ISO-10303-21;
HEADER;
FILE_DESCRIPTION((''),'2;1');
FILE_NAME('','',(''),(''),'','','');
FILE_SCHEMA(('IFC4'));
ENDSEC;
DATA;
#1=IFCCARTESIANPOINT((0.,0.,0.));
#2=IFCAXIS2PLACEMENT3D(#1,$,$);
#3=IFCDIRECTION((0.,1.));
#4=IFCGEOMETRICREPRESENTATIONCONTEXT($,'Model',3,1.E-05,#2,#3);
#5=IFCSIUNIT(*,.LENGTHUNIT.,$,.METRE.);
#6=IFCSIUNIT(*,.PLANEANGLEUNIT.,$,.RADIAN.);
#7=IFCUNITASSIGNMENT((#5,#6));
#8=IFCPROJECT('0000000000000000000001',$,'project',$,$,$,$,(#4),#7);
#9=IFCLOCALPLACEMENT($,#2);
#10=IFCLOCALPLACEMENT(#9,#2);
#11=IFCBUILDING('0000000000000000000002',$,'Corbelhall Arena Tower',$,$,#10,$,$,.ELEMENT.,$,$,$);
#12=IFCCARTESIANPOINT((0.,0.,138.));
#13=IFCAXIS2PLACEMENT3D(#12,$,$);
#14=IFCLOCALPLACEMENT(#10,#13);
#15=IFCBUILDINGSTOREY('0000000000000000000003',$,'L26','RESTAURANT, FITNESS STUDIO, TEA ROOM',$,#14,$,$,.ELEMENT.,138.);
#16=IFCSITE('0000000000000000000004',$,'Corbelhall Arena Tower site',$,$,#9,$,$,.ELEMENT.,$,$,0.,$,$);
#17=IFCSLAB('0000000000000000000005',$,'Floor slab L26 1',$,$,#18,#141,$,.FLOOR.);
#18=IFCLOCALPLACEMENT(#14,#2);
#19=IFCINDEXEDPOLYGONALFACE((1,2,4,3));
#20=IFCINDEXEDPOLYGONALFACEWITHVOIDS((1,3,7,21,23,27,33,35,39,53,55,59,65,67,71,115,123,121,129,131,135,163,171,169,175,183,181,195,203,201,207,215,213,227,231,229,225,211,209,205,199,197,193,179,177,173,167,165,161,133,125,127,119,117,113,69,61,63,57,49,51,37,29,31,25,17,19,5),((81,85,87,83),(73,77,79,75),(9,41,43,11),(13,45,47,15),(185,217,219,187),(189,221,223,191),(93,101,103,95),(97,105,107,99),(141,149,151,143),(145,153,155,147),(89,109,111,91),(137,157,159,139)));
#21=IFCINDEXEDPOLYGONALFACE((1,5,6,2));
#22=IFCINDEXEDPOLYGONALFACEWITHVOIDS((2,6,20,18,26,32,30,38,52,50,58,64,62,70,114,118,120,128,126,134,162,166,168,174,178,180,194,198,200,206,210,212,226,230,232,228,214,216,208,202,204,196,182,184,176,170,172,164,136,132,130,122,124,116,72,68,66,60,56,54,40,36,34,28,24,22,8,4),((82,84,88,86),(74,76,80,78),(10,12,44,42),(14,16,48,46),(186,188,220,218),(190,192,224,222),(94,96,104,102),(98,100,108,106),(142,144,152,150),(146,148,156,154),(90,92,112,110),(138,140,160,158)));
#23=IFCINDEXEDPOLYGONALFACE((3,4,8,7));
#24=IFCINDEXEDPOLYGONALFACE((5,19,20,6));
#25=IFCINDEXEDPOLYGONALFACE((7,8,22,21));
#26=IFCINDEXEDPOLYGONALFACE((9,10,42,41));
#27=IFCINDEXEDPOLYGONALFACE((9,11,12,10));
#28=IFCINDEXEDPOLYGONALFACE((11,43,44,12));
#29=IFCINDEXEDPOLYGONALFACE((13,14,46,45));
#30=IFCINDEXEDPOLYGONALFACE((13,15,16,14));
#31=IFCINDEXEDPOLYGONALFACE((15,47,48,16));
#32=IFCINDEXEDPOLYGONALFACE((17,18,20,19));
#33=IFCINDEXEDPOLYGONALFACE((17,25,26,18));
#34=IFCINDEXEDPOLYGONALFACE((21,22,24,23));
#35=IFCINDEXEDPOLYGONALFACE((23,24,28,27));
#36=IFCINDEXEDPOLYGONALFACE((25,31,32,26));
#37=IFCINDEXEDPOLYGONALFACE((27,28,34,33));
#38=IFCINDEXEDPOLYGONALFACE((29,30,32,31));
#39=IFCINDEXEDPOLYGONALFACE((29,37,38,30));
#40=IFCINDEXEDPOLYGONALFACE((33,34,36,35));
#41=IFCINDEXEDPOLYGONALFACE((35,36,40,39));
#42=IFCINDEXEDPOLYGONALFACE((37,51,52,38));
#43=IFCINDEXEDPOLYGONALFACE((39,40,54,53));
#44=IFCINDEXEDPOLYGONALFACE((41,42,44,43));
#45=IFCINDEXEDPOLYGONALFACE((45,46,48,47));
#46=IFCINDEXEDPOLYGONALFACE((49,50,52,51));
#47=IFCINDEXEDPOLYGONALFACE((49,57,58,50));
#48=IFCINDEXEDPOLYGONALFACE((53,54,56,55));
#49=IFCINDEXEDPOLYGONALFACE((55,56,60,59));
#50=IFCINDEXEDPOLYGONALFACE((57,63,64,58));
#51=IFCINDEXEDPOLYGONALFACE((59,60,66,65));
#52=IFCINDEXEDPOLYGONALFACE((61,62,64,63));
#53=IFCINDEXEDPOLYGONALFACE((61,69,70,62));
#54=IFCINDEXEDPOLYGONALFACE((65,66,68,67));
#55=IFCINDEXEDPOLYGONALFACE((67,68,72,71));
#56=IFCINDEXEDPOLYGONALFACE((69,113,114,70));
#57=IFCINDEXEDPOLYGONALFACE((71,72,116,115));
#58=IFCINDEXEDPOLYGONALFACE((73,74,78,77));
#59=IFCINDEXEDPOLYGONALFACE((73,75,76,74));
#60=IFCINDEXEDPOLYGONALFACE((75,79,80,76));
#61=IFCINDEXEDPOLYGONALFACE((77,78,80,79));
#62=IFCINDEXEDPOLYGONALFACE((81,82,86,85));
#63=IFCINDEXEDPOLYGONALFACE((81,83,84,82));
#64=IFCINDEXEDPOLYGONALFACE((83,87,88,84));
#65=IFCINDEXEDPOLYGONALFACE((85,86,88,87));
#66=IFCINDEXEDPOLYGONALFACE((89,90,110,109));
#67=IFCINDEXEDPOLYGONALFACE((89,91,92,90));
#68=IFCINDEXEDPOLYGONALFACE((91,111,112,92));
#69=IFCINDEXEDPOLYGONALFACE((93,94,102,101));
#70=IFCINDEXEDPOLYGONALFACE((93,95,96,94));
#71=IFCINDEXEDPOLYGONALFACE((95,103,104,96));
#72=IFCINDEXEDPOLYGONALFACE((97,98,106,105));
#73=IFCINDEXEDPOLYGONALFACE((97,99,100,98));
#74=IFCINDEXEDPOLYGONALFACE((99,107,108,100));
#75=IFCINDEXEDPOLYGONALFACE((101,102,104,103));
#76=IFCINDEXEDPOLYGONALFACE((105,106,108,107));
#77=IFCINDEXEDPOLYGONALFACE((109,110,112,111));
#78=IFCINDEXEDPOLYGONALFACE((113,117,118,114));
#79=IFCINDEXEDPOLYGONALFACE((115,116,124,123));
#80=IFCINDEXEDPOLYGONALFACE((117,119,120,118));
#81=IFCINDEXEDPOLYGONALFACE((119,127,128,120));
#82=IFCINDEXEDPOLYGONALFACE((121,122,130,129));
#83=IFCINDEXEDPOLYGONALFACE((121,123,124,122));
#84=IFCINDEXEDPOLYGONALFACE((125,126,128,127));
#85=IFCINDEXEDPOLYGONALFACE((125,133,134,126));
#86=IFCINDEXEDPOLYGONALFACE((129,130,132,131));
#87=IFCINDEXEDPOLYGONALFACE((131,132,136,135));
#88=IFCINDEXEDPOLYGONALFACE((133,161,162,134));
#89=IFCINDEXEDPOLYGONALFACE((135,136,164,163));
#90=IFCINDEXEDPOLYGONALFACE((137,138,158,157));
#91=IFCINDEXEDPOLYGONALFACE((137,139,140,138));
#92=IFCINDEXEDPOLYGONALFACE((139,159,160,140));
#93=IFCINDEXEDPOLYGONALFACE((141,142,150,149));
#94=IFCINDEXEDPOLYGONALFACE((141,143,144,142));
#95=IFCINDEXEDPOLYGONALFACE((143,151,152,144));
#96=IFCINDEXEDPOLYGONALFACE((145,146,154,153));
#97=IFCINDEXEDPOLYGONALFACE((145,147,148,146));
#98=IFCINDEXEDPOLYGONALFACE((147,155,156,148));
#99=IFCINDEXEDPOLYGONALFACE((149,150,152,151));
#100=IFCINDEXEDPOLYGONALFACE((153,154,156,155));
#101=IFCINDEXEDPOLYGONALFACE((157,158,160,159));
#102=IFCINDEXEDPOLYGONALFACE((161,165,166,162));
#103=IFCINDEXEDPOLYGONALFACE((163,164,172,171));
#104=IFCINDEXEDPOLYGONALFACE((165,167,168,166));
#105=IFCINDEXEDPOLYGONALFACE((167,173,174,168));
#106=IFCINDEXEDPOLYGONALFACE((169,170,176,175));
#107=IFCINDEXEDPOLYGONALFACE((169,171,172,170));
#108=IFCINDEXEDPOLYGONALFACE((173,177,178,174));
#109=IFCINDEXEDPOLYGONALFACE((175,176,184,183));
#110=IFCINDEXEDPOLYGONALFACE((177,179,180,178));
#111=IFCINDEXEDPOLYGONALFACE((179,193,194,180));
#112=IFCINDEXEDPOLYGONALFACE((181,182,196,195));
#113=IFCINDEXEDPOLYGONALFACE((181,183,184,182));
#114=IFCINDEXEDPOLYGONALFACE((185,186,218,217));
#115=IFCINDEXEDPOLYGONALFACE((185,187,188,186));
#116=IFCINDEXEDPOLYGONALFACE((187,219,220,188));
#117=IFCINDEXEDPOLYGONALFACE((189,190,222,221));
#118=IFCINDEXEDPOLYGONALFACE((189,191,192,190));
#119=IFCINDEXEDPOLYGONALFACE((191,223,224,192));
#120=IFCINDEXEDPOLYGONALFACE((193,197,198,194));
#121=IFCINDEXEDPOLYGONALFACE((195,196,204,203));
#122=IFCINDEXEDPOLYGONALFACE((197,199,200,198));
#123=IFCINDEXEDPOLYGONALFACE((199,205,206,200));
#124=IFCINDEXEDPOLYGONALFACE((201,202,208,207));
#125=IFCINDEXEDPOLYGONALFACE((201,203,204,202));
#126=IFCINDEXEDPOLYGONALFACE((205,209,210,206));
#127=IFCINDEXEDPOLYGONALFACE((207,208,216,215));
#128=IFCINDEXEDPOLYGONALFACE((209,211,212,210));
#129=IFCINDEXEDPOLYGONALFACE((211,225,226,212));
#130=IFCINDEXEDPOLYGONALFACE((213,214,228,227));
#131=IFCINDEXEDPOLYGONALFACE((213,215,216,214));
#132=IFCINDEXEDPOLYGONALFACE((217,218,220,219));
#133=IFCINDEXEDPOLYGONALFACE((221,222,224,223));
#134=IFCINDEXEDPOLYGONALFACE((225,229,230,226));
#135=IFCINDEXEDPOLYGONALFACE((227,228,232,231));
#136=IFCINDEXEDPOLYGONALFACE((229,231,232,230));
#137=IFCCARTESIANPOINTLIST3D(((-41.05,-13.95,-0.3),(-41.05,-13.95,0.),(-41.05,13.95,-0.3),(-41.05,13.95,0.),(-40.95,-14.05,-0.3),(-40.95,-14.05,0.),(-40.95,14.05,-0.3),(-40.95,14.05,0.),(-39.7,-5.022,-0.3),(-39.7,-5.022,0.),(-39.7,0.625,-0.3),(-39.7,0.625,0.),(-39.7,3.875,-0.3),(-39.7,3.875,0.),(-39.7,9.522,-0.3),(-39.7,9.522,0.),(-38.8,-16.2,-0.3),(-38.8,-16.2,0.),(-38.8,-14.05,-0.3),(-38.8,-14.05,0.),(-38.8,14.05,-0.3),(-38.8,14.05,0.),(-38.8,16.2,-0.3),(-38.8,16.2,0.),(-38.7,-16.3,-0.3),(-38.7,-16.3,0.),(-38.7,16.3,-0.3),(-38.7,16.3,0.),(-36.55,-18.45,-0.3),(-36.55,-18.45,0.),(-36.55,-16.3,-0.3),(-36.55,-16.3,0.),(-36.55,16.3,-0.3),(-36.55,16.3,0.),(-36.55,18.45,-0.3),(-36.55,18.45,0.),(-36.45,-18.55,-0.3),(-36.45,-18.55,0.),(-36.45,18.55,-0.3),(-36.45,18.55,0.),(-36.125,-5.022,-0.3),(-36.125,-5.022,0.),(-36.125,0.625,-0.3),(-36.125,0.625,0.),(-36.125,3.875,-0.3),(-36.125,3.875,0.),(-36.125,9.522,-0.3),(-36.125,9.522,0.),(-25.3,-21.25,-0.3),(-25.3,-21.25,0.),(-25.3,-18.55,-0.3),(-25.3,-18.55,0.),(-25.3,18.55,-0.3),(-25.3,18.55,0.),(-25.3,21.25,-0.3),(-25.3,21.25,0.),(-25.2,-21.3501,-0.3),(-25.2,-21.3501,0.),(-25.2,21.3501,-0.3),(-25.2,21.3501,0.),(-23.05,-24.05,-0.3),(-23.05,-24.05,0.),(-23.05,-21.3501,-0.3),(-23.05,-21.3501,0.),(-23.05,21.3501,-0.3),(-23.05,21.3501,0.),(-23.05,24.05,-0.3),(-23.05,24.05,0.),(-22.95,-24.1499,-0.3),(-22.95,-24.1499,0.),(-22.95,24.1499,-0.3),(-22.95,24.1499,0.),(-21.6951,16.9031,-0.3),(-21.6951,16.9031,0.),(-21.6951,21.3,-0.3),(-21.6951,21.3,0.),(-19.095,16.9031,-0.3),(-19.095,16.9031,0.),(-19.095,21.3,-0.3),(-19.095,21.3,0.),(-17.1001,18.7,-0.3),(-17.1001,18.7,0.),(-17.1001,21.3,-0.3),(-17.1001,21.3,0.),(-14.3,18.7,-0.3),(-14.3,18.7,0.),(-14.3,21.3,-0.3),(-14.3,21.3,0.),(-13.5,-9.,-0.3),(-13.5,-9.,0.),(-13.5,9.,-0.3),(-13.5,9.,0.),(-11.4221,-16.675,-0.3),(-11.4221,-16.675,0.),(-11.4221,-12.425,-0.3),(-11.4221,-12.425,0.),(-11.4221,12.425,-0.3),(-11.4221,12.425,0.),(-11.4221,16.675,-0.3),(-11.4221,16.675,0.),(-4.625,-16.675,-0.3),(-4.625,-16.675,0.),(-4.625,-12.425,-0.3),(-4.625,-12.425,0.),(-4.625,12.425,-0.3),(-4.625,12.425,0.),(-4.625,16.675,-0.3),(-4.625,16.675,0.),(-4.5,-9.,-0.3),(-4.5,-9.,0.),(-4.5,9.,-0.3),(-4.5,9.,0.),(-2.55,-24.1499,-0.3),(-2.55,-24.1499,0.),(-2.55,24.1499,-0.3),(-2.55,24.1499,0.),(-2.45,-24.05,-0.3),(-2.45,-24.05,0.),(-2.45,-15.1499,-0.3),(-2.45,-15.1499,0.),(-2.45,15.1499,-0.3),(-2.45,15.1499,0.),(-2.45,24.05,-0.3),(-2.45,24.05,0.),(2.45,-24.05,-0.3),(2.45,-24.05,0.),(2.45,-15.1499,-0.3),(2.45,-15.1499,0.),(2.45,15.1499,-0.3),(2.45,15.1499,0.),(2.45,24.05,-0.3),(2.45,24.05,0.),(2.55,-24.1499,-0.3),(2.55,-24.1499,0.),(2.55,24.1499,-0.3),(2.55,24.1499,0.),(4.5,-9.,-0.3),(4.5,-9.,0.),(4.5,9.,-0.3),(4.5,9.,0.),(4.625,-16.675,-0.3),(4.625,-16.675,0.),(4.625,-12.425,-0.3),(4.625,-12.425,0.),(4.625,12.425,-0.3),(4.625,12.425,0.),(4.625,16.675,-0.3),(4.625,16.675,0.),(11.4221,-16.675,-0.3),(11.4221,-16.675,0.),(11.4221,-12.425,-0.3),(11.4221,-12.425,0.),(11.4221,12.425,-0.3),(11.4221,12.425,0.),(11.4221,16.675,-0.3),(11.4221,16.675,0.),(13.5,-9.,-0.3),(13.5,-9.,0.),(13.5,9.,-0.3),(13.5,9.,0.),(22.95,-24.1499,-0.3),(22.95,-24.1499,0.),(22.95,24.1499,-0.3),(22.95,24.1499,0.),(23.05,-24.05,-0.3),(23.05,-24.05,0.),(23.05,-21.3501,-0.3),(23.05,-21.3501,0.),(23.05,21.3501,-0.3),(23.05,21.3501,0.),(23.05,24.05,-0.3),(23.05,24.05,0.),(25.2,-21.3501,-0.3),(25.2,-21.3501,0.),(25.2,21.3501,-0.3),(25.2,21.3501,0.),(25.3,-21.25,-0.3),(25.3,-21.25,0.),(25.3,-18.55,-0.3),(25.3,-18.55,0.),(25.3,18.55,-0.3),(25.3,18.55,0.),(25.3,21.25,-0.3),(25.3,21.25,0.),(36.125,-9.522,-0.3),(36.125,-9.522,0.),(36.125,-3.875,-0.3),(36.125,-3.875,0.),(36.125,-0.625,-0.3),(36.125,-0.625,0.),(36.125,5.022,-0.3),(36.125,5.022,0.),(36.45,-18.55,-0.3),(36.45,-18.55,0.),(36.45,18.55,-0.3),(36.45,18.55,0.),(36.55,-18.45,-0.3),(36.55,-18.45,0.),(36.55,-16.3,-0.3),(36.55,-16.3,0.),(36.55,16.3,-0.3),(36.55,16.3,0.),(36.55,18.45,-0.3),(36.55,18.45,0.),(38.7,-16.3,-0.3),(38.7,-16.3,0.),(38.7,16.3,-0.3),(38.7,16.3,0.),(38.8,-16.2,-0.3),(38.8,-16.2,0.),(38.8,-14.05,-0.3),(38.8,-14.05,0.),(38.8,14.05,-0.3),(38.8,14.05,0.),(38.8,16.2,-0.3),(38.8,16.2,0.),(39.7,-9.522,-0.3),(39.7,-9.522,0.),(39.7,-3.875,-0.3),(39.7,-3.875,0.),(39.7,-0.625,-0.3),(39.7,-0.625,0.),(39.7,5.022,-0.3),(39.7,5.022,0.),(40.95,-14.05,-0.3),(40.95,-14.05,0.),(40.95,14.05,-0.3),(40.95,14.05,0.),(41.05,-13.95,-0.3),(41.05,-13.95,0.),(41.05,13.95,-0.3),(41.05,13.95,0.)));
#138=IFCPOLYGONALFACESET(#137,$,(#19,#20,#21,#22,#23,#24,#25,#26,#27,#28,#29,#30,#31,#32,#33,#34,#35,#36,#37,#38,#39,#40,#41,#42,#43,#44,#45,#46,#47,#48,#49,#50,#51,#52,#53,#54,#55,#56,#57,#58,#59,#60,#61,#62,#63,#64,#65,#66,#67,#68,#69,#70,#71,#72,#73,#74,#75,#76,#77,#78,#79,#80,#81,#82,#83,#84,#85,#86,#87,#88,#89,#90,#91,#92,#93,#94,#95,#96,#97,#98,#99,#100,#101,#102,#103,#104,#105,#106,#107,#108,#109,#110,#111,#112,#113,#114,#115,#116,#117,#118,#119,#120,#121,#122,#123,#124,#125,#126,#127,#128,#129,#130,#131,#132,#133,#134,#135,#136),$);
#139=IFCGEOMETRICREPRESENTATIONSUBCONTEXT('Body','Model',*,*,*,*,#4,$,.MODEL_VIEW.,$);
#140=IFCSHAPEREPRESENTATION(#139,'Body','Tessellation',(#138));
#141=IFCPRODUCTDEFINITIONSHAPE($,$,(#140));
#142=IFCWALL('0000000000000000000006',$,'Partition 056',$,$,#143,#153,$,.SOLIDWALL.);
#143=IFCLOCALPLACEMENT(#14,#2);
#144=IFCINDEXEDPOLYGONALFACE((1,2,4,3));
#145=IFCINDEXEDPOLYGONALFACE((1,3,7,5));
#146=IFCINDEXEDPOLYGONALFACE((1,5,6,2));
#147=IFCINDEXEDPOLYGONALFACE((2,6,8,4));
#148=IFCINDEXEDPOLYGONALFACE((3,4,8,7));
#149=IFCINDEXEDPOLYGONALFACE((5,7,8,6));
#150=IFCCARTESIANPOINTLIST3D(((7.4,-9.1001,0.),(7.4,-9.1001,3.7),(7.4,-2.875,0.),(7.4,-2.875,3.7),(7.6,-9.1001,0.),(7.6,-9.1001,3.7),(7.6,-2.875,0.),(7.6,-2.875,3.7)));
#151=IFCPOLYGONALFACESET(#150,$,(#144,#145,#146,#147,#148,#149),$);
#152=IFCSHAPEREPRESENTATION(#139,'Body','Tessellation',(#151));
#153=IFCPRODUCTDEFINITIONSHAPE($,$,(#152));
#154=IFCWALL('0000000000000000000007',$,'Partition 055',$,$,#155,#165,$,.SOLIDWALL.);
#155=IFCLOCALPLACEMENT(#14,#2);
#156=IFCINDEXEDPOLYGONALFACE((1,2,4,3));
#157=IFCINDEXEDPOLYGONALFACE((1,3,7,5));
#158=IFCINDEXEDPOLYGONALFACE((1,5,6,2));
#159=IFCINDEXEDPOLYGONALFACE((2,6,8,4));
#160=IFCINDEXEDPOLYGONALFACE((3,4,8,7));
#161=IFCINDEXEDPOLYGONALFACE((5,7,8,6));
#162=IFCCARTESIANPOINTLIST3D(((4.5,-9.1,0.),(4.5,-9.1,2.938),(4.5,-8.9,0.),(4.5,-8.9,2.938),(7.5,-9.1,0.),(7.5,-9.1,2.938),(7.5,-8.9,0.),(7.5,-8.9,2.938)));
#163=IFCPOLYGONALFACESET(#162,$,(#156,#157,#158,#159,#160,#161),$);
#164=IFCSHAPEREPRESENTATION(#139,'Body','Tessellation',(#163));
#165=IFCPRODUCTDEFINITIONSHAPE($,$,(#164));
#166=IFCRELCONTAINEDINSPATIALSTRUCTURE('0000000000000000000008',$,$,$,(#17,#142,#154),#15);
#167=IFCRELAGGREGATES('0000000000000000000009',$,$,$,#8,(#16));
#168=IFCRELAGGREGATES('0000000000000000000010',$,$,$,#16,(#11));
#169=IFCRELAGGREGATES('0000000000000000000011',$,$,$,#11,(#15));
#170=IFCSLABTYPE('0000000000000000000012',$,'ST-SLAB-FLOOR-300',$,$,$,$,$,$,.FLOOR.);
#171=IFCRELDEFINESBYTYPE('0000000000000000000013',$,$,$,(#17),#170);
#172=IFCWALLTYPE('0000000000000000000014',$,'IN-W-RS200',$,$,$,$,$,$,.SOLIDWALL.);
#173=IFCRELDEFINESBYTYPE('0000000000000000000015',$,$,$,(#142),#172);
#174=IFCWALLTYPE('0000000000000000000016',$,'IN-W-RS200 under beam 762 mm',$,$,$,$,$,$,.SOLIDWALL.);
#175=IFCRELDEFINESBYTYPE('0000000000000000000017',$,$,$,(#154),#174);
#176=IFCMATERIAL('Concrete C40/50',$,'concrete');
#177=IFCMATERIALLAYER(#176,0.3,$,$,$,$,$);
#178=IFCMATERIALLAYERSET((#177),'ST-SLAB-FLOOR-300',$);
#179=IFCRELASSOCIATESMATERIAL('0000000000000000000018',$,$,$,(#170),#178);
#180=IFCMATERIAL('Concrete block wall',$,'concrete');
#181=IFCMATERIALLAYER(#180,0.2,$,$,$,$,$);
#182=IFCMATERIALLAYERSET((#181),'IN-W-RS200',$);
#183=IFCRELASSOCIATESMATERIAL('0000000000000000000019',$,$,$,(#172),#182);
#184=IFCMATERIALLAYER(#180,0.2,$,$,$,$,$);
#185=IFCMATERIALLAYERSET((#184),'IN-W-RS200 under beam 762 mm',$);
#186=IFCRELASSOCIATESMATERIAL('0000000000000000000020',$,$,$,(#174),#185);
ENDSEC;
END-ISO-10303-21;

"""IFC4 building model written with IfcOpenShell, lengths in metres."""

from ifc_helpers import new_model, si_unit, direction, frame, frame_2d, origin, place, context, subcontext, project, spatial, polyline, rectangle, outline, extrude, material, layer, layer_set, type_object, element, save


model = new_model("IFC4")

# Units and contexts
model_context = context("Model", 3, precision=1e-05, world=origin(), true_north=direction((0.0, 1.0)))
body_context = subcontext(model_context, "Body", "Model", "MODEL_VIEW")
ifc_project = project(units=[si_unit("LENGTHUNIT", "METRE"), si_unit("PLANEANGLEUNIT", "RADIAN")], contexts=[model_context])

# Site, building, storey
site_placement = place(None, origin())
site = spatial("IfcSite", under=ifc_project, at=site_placement, Name="Corbelhall Arena Tower site", CompositionType="ELEMENT", RefElevation=0.0)
building_placement = place(site_placement, origin())
building = spatial("IfcBuilding", under=site, at=building_placement, Name="Corbelhall Arena Tower", CompositionType="ELEMENT")
storey_placement = place(building_placement, frame((0.0, 0.0, 138.0)))
storey = spatial("IfcBuildingStorey", under=building, at=storey_placement, Name="L26", Description="RESTAURANT, FITNESS STUDIO, TEA ROOM", CompositionType="ELEMENT", Elevation=138.0)

# Shared definitions
ifc_material_1 = material(Name="Concrete C40/50", Category="concrete")

# Slab
ifc_layer_1 = layer(ifc_material_1, 0.3)
ifc_layer_set_1 = layer_set([ifc_layer_1], Name="ST-SLAB-FLOOR-300")
slab_type_1 = type_object("IfcSlabType", Name="ST-SLAB-FLOOR-300", PredefinedType="FLOOR", material=ifc_layer_set_1)
slab_1_placement = place(storey_placement, frame((0.0, 0.0, -0.3)))
element("IfcSlab", 1, at=slab_1_placement, inside=storey, type_object=slab_type_1, Name="Floor slab L26 1", PredefinedType="FLOOR", context=body_context, shape_type="SweptSolid", body=[
    extrude(outline(polyline([(25.3, 18.55), (25.3, 21.25), (25.2, 21.3501), (23.05, 21.3501), (23.05, 24.05), (22.95, 24.1499), (2.55, 24.1499), (2.45, 24.05), (2.45, 15.1499), (-2.45, 15.1499), (-2.45, 24.05), (-2.55, 24.1499), (-22.95, 24.1499), (-23.05, 24.05), (-23.05, 21.3501), (-25.2, 21.3501), (-25.3, 21.25), (-25.3, 18.55), (-36.45, 18.55), (-36.55, 18.45), (-36.55, 16.3), (-38.7, 16.3), (-38.8, 16.2), (-38.8, 14.05), (-40.95, 14.05), (-41.05, 13.95), (-41.05, -13.95), (-40.95, -14.05), (-38.8, -14.05), (-38.8, -16.2), (-38.7, -16.3), (-36.55, -16.3), (-36.55, -18.45), (-36.45, -18.55), (-25.3, -18.55), (-25.3, -21.25), (-25.2, -21.3501), (-23.05, -21.3501), (-23.05, -24.05), (-22.95, -24.1499), (-2.55, -24.1499), (-2.45, -24.05), (-2.45, -15.1499), (2.45, -15.1499), (2.45, -24.05), (2.55, -24.1499), (22.95, -24.1499), (23.05, -24.05), (23.05, -21.3501), (25.2, -21.3501), (25.3, -21.25), (25.3, -18.55), (36.45, -18.55), (36.55, -18.45), (36.55, -16.3), (38.7, -16.3), (38.8, -16.2), (38.8, -14.05), (40.95, -14.05), (41.05, -13.95), (41.05, 13.95), (40.95, 14.05), (38.8, 14.05), (38.8, 16.2), (38.7, 16.3), (36.55, 16.3), (36.55, 18.45), (36.45, 18.55), (25.3, 18.55)]), holes=[polyline([(-13.5, 9.0), (-13.5, -9.0), (-4.5, -9.0), (-4.5, 9.0), (-13.5, 9.0)]), polyline([(4.5, 9.0), (4.5, -9.0), (13.5, -9.0), (13.5, 9.0), (4.5, 9.0)]), polyline([(-4.625, 16.675), (-11.4221, 16.675), (-11.4221, 12.425), (-4.625, 12.425), (-4.625, 16.675)]), polyline([(-4.625, -16.675), (-4.625, -12.425), (-11.4221, -12.425), (-11.4221, -16.675), (-4.625, -16.675)]), polyline([(11.4221, 16.675), (4.625, 16.675), (4.625, 12.425), (11.4221, 12.425), (11.4221, 16.675)]), polyline([(11.4221, -16.675), (11.4221, -12.425), (4.625, -12.425), (4.625, -16.675), (11.4221, -16.675)]), polyline([(-36.125, 3.875), (-36.125, 9.522), (-39.7, 9.522), (-39.7, 3.875), (-36.125, 3.875)]), polyline([(-36.125, 0.625), (-39.7, 0.625), (-39.7, -5.022), (-36.125, -5.022), (-36.125, 0.625)]), polyline([(39.7, -9.522), (39.7, -3.875), (36.125, -3.875), (36.125, -9.522), (39.7, -9.522)]), polyline([(39.7, 5.022), (36.125, 5.022), (36.125, -0.625), (39.7, -0.625), (39.7, 5.022)]), polyline([(-21.6951, 21.3), (-21.6951, 16.9031), (-19.095, 16.9031), (-19.095, 21.3), (-21.6951, 21.3)]), polyline([(-14.3, 21.3), (-17.1001, 21.3), (-17.1001, 18.7), (-14.3, 18.7), (-14.3, 21.3)])]), origin(), (0.0, 0.0, 1.0), 0.3),
])

# Wall
ifc_material_2 = material(Name="Concrete block wall", Category="concrete")
ifc_layer_2 = layer(ifc_material_2, 0.2)
ifc_layer_set_2 = layer_set([ifc_layer_2], Name="IN-W-RS200")
wall_type_1 = type_object("IfcWallType", Name="IN-W-RS200", PredefinedType="SOLIDWALL", material=ifc_layer_set_2)
wall_1_placement = place(storey_placement, frame((7.5, -2.875, 0.0), z_axis=(0.0, 0.0, 1.0), x_axis=(0.0, -1.0, 0.0)))
element("IfcWall", 2, at=wall_1_placement, inside=storey, type_object=wall_type_1, Name="Partition 056", PredefinedType="SOLIDWALL", context=body_context, shape_type="SweptSolid", body=[
    extrude(rectangle(XDim=6.2251, YDim=0.2, at=frame_2d((3.1125, 0.0))), origin(), (0.0, 0.0, 1.0), 3.7),
])

# Shared definitions
ifc_layer_3 = layer(ifc_material_2, 0.2)
ifc_layer_set_3 = layer_set([ifc_layer_3], Name="IN-W-RS200 under beam 762 mm")
wall_type_2 = type_object("IfcWallType", Name="IN-W-RS200 under beam 762 mm", PredefinedType="SOLIDWALL", material=ifc_layer_set_3)

# Wall
wall_2_placement = place(storey_placement, frame((7.5, -9.0, 0.0), z_axis=(0.0, 0.0, 1.0), x_axis=(-1.0, 0.0, 0.0)))
element("IfcWall", 3, at=wall_2_placement, inside=storey, type_object=wall_type_2, Name="Partition 055", PredefinedType="SOLIDWALL", context=body_context, shape_type="SweptSolid", body=[
    extrude(rectangle(XDim=3.0, YDim=0.2, at=frame_2d((1.5, 0.0))), origin(), (0.0, 0.0, 1.0), 2.938),
])

save(model, "model.ifc")
